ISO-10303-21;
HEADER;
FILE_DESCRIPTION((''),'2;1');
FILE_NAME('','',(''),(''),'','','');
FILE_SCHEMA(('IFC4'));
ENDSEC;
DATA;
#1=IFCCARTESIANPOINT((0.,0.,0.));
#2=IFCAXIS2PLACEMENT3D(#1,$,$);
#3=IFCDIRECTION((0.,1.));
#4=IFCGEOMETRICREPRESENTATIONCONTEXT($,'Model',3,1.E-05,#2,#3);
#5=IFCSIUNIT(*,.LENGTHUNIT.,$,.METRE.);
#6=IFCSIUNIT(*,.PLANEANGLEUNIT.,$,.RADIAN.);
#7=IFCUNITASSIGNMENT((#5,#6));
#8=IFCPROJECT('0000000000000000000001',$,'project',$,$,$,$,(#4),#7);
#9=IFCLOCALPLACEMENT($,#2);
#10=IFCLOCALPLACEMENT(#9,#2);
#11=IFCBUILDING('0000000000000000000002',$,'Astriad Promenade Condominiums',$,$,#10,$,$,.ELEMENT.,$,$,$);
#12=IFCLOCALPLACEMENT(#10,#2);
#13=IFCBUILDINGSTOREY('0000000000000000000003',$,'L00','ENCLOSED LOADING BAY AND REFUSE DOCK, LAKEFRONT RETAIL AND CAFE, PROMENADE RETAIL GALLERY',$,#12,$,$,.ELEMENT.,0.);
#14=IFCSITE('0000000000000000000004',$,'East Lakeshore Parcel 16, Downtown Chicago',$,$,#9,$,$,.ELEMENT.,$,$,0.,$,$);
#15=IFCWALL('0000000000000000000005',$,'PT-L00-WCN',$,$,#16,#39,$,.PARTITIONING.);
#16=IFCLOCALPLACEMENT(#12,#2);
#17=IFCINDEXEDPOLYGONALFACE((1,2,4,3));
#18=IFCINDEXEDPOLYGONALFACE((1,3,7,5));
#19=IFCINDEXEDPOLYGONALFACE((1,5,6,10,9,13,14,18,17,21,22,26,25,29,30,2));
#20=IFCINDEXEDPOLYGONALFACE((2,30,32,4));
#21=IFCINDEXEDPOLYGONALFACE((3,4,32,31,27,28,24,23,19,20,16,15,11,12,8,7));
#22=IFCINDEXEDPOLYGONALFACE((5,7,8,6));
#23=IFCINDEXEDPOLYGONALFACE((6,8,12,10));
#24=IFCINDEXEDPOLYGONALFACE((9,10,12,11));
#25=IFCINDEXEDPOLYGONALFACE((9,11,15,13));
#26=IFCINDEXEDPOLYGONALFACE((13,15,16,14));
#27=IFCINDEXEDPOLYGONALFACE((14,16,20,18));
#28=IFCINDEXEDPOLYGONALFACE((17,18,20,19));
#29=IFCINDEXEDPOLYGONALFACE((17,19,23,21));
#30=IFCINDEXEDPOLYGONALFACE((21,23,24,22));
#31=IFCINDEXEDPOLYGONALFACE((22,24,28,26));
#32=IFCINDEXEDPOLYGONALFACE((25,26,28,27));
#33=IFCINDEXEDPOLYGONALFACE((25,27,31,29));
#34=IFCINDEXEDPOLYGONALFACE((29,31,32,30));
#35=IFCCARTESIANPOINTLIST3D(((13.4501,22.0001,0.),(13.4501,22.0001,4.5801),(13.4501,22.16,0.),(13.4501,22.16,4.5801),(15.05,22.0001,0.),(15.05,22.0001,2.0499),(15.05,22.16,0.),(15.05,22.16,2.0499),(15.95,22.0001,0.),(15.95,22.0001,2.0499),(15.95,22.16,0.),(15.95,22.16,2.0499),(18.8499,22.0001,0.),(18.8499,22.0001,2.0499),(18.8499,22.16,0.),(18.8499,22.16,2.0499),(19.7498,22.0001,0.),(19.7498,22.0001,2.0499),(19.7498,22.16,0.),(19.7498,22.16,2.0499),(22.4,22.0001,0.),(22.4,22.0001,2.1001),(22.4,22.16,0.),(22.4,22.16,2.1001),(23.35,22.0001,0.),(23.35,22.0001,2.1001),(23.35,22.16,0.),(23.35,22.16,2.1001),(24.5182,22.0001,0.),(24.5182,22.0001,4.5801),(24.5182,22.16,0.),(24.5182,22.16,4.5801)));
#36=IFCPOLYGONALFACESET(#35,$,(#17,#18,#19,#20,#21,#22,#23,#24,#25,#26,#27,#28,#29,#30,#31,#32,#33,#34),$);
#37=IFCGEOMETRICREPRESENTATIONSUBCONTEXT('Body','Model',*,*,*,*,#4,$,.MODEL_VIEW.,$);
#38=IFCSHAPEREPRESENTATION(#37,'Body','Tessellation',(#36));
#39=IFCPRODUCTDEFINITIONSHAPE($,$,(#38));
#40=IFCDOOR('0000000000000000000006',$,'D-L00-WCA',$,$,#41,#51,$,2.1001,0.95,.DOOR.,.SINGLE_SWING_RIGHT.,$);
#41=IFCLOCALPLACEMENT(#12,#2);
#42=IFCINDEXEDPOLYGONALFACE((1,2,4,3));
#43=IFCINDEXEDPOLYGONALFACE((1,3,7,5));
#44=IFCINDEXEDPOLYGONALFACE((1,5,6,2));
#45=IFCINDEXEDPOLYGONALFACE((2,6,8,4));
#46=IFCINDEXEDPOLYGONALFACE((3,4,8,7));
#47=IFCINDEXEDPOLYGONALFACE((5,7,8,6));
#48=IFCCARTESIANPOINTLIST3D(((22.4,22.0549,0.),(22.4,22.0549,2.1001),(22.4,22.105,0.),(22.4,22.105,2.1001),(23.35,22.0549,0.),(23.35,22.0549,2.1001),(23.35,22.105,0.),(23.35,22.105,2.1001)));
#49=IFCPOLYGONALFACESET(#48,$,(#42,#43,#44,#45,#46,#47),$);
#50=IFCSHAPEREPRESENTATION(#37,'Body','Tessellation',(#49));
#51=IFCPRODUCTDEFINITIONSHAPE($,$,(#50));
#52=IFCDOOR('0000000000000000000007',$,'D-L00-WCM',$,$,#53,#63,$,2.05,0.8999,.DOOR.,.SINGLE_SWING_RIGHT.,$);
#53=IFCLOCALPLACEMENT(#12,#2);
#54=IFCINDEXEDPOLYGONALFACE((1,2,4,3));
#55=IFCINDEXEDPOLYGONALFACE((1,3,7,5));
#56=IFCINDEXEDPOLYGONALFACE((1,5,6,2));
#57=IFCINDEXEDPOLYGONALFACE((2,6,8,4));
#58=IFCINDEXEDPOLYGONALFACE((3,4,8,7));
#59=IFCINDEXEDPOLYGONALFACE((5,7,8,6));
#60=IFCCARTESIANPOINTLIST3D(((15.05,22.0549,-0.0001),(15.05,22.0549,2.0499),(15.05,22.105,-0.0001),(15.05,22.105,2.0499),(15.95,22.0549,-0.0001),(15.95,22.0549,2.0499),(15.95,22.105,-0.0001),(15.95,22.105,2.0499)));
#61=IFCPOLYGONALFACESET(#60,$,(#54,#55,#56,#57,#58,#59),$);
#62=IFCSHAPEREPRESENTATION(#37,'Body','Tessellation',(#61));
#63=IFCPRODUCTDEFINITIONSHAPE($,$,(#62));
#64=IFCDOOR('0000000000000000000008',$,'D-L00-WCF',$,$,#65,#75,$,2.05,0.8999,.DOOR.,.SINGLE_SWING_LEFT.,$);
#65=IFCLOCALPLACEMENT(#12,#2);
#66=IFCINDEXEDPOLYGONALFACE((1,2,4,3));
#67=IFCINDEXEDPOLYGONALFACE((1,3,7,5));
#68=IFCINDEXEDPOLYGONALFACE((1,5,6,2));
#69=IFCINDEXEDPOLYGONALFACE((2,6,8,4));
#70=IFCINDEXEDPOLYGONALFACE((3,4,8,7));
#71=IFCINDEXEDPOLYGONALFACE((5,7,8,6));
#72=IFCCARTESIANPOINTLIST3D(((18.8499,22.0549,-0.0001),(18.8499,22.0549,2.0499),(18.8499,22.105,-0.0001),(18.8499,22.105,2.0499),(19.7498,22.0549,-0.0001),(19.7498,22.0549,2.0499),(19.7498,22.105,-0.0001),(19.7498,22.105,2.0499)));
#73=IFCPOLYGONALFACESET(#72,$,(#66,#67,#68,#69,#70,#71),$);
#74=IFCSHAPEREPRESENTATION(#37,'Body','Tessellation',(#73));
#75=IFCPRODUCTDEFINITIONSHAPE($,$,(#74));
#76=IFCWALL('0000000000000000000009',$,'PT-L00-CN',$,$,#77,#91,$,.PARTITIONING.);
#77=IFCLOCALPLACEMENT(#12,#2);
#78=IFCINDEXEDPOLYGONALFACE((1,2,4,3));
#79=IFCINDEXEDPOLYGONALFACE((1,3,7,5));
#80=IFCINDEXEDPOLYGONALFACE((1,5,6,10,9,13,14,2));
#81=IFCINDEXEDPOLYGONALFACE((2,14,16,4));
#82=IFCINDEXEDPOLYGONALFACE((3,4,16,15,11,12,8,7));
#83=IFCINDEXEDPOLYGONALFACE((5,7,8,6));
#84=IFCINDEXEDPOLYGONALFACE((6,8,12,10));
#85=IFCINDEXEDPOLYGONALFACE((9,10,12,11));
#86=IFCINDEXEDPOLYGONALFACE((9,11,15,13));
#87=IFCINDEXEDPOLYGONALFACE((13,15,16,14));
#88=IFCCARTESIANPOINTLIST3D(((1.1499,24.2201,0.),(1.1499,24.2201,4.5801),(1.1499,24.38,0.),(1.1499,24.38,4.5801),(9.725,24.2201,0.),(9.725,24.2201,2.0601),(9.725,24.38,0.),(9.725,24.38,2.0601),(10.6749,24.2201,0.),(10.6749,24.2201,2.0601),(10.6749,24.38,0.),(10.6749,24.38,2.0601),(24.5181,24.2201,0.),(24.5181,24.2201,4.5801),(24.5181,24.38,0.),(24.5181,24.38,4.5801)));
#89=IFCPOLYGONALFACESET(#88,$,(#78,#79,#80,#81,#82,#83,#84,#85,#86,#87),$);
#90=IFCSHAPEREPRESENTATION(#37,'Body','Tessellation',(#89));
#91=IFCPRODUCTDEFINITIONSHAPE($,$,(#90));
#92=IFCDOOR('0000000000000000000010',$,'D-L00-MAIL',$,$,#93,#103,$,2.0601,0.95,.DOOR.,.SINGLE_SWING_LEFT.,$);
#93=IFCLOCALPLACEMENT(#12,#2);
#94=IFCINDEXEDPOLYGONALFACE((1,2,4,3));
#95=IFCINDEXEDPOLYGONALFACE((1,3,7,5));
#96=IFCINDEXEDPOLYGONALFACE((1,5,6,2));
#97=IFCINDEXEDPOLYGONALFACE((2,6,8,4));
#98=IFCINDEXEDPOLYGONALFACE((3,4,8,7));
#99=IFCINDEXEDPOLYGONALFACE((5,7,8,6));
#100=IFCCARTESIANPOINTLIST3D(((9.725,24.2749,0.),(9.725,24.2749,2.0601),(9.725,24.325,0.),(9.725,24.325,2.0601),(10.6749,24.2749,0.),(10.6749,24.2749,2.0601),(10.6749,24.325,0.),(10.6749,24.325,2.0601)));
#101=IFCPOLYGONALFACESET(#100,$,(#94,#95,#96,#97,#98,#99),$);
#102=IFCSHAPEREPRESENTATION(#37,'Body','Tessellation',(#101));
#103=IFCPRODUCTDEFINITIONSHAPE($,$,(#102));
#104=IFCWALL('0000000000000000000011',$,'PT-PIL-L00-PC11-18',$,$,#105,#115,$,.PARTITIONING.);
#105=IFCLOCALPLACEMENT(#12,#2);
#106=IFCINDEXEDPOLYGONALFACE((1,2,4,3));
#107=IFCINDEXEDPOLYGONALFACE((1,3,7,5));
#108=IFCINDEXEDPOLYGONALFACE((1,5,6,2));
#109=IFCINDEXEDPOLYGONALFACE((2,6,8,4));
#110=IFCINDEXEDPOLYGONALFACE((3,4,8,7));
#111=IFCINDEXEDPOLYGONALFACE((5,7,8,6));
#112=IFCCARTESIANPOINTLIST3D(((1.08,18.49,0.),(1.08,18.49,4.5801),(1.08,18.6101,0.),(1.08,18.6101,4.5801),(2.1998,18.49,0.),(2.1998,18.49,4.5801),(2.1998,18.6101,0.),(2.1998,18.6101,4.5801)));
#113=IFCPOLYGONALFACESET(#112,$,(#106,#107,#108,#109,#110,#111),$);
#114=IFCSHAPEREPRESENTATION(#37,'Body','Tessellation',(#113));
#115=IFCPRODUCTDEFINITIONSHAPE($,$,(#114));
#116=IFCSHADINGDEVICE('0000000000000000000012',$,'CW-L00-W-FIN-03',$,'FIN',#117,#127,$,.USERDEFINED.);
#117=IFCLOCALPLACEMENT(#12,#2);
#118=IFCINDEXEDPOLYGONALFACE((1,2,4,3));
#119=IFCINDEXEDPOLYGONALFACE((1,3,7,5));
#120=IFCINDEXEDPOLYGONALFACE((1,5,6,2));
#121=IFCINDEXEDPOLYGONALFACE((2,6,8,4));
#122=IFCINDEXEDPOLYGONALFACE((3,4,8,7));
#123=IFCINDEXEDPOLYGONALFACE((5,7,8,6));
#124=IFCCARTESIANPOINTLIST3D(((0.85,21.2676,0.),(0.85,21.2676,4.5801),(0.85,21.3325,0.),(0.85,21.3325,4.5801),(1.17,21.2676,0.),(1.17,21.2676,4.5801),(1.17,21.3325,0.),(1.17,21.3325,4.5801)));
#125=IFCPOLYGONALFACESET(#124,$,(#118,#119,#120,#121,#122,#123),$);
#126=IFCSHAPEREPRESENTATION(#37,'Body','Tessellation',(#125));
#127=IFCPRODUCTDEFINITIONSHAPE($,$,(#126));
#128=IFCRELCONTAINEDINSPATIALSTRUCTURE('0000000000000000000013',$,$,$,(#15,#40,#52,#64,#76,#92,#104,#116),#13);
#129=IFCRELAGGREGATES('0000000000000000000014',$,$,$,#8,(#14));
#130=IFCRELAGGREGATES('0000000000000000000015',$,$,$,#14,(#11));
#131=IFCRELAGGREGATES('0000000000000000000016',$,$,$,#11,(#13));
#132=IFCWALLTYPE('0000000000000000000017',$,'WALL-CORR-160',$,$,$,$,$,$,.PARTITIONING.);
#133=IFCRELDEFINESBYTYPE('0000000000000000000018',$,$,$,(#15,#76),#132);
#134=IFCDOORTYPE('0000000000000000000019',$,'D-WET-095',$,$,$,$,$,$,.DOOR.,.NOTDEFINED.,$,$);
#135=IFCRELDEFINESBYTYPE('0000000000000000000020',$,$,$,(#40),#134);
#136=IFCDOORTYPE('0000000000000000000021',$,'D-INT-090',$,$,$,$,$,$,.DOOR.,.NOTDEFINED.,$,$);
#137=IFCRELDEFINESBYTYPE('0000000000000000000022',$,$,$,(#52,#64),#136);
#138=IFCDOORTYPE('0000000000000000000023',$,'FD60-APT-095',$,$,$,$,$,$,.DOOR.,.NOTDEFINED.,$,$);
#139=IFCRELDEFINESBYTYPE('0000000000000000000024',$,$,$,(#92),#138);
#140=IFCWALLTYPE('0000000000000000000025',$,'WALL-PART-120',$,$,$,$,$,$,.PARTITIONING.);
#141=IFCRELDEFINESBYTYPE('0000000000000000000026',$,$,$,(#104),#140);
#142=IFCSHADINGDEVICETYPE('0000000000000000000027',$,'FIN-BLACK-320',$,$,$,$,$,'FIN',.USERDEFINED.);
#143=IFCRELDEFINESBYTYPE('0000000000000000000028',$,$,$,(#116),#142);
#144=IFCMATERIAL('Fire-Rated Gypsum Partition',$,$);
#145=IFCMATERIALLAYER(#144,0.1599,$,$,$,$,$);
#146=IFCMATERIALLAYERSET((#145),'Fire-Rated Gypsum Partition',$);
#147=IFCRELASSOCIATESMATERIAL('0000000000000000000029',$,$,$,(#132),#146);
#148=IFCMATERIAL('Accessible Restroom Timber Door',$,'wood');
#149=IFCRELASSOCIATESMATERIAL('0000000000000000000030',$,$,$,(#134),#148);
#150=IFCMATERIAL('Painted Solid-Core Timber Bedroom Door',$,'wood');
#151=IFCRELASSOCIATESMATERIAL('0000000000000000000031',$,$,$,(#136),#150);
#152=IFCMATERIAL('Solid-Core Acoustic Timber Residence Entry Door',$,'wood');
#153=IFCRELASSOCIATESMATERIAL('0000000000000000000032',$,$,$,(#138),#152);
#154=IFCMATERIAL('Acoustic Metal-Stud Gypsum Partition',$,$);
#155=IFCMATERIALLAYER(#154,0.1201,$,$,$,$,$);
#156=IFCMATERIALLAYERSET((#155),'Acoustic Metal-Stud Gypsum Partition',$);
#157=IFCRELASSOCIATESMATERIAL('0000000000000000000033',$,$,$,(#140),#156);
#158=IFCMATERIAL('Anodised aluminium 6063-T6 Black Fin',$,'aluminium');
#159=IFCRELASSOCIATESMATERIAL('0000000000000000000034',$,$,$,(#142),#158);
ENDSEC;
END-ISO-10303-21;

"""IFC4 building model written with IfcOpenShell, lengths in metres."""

from ifc_helpers import new_model, si_unit, direction, frame, frame_2d, origin, origin_2d, place, context, subcontext, project, spatial, rectangle, extrude, source, transform, mapped, material, layer, layer_set, type_object, type_shapes, element, fill, save


model = new_model("IFC4")

# Units and contexts
model_context = context("Model", 3, precision=1e-05, world=origin(), true_north=direction((0.0, 1.0)))
body_context = subcontext(model_context, "Body", "Model", "MODEL_VIEW")
ifc_project = project(units=[si_unit("LENGTHUNIT", "METRE"), si_unit("PLANEANGLEUNIT", "RADIAN")], contexts=[model_context])

# Site, building, storey
site_placement = place(None, origin())
site = spatial("IfcSite", under=ifc_project, at=site_placement, Name="East Lakeshore Parcel 16, Downtown Chicago", CompositionType="ELEMENT", RefElevation=0.0)
building_placement = place(site_placement, origin())
building = spatial("IfcBuilding", under=site, at=building_placement, Name="Astriad Promenade Condominiums", CompositionType="ELEMENT")
storey_placement = place(building_placement, origin())
storey = spatial("IfcBuildingStorey", under=building, at=storey_placement, Name="L00", Description="ENCLOSED LOADING BAY AND REFUSE DOCK, LAKEFRONT RETAIL AND CAFE, PROMENADE RETAIL GALLERY", CompositionType="ELEMENT", Elevation=0.0)

# Wall, openings, doors
ifc_material_1 = material(Name="Fire-Rated Gypsum Partition")
ifc_layer_1 = layer(ifc_material_1, 0.1599)
ifc_layer_set_1 = layer_set([ifc_layer_1], Name="Fire-Rated Gypsum Partition")
wall_type_1 = type_object("IfcWallType", Name="WALL-CORR-160", PredefinedType="PARTITIONING", material=ifc_layer_set_1)
wall_1_placement = place(storey_placement, frame((13.45, 22.0801, 0.0), z_axis=(0.0, 0.0, 1.0), x_axis=(1.0, 0.0, 0.0)))
wall_1 = element("IfcWall", 1, at=wall_1_placement, inside=storey, type_object=wall_type_1, Name="PT-L00-WCN", PredefinedType="PARTITIONING", context=body_context, shape_type="SweptSolid", body=[
    extrude(rectangle(XDim=11.0681, YDim=0.1599, at=frame_2d((5.5342, 0.0))), origin(), (0.0, 0.0, 1.0), 4.5801),
])
opening_1_placement = place(wall_1_placement, frame((1.6001, 0.0, 0.0)))
opening_1 = element("IfcOpeningElement", 2, at=opening_1_placement, cuts=wall_1, PredefinedType="OPENING", context=body_context, shape_type="SweptSolid", body=[
    extrude(rectangle(XDim=0.8999, YDim=2.05, at=frame_2d((0.45, 1.0249))), frame((0.0, 0.0898, 0.0), z_axis=(0.0, -1.0, 0.0), x_axis=(1.0, 0.0, 0.0)), (0.0, 0.0, 1.0), 0.1799),
])
opening_2_placement = place(wall_1_placement, frame((5.3999, 0.0, 0.0)))
opening_2 = element("IfcOpeningElement", 3, at=opening_2_placement, cuts=wall_1, PredefinedType="OPENING", context=body_context, shape_type="SweptSolid", body=[
    extrude(rectangle(XDim=0.8999, YDim=2.05, at=frame_2d((0.45, 1.0249))), frame((0.0, 0.0898, 0.0), z_axis=(0.0, -1.0, 0.0), x_axis=(1.0, 0.0, 0.0)), (0.0, 0.0, 1.0), 0.1799),
])
opening_3_placement = place(wall_1_placement, frame((8.95, 0.0, 0.0)))
opening_3 = element("IfcOpeningElement", 4, at=opening_3_placement, cuts=wall_1, PredefinedType="OPENING", context=body_context, shape_type="SweptSolid", body=[
    extrude(rectangle(XDim=0.95, YDim=2.1001, at=frame_2d((0.4751, 1.05))), frame((0.0, 0.0898, 0.0), z_axis=(0.0, -1.0, 0.0), x_axis=(1.0, 0.0, 0.0)), (0.0, 0.0, 1.0), 0.1799),
])
ifc_material_2 = material(Name="Accessible Restroom Timber Door", Category="wood")
door_type_1 = type_object("IfcDoorType", Name="D-WET-095", OperationType="NOTDEFINED", PredefinedType="DOOR", material=ifc_material_2)
shared_shape_1 = source(origin(), body_context, "Body", "SweptSolid", [
    extrude(rectangle(XDim=0.95, YDim=2.1001, at=frame_2d((0.4751, 1.05))), frame((0.0, 0.0249, 0.0), z_axis=(0.0, -1.0, 0.0), x_axis=(1.0, 0.0, 0.0)), (0.0, 0.0, 1.0), 0.05),
])
type_shapes(door_type_1, [shared_shape_1])
door_1_placement = place(opening_3_placement, origin())
door_1 = element("IfcDoor", 5, at=door_1_placement, inside=storey, type_object=door_type_1, Name="D-L00-WCA", OperationType="SINGLE_SWING_RIGHT", OverallHeight=2.1001, OverallWidth=0.95, PredefinedType="DOOR", context=body_context, shape_type="MappedRepresentation", body=[
    mapped(shared_shape_1, transform((0.0, 0.0, 0.0), scale=1.0)),
])
fill(opening_3, door_1)
ifc_material_3 = material(Name="Painted Solid-Core Timber Bedroom Door", Category="wood")
door_type_2 = type_object("IfcDoorType", Name="D-INT-090", OperationType="NOTDEFINED", PredefinedType="DOOR", material=ifc_material_3)
shared_shape_2 = source(origin(), body_context, "Body", "SweptSolid", [
    extrude(rectangle(XDim=0.8999, YDim=2.05, at=frame_2d((0.45, 1.0249))), frame((0.0, 0.0249, 0.0), z_axis=(0.0, -1.0, 0.0), x_axis=(1.0, 0.0, 0.0)), (0.0, 0.0, 1.0), 0.05),
])
type_shapes(door_type_2, [shared_shape_2])
door_2_placement = place(opening_1_placement, origin())
door_2 = element("IfcDoor", 6, at=door_2_placement, inside=storey, type_object=door_type_2, Name="D-L00-WCM", OperationType="SINGLE_SWING_RIGHT", OverallHeight=2.05, OverallWidth=0.8999, PredefinedType="DOOR", context=body_context, shape_type="MappedRepresentation", body=[
    mapped(shared_shape_2, transform((0.0, 0.0, 0.0), scale=1.0)),
])
fill(opening_1, door_2)
door_3_placement = place(opening_2_placement, origin())
door_3 = element("IfcDoor", 7, at=door_3_placement, inside=storey, type_object=door_type_2, Name="D-L00-WCF", OperationType="SINGLE_SWING_LEFT", OverallHeight=2.05, OverallWidth=0.8999, PredefinedType="DOOR", context=body_context, shape_type="MappedRepresentation", body=[
    mapped(shared_shape_2, transform((0.0, 0.0, 0.0), scale=1.0)),
])
fill(opening_2, door_3)

# Wall, opening, door
wall_2_placement = place(storey_placement, frame((1.1499, 24.3, 0.0), z_axis=(0.0, 0.0, 1.0), x_axis=(1.0, 0.0, 0.0)))
wall_2 = element("IfcWall", 8, at=wall_2_placement, inside=storey, type_object=wall_type_1, Name="PT-L00-CN", PredefinedType="PARTITIONING", context=body_context, shape_type="SweptSolid", body=[
    extrude(rectangle(XDim=23.3682, YDim=0.1599, at=frame_2d((11.6841, 0.0))), origin(), (0.0, 0.0, 1.0), 4.5801),
])
opening_4_placement = place(wall_2_placement, frame((8.575, 0.0, 0.0)))
opening_4 = element("IfcOpeningElement", 9, at=opening_4_placement, cuts=wall_2, PredefinedType="OPENING", context=body_context, shape_type="SweptSolid", body=[
    extrude(rectangle(XDim=0.95, YDim=2.0601, at=frame_2d((0.4751, 1.03))), frame((0.0, 0.0898, 0.0), z_axis=(0.0, -1.0, 0.0), x_axis=(1.0, 0.0, 0.0)), (0.0, 0.0, 1.0), 0.1799),
])
ifc_material_4 = material(Name="Solid-Core Acoustic Timber Residence Entry Door", Category="wood")
door_type_3 = type_object("IfcDoorType", Name="FD60-APT-095", OperationType="NOTDEFINED", PredefinedType="DOOR", material=ifc_material_4)
shared_shape_3 = source(origin(), body_context, "Body", "SweptSolid", [
    extrude(rectangle(XDim=0.95, YDim=2.0601, at=frame_2d((0.4751, 1.03))), frame((0.0, 0.0249, 0.0), z_axis=(0.0, -1.0, 0.0), x_axis=(1.0, 0.0, 0.0)), (0.0, 0.0, 1.0), 0.05),
])
type_shapes(door_type_3, [shared_shape_3])
door_4_placement = place(opening_4_placement, origin())
door_4 = element("IfcDoor", 10, at=door_4_placement, inside=storey, type_object=door_type_3, Name="D-L00-MAIL", OperationType="SINGLE_SWING_LEFT", OverallHeight=2.0601, OverallWidth=0.95, PredefinedType="DOOR", context=body_context, shape_type="MappedRepresentation", body=[
    mapped(shared_shape_3, transform((0.0, 0.0, 0.0), scale=1.0)),
])
fill(opening_4, door_4)

# Wall
ifc_material_5 = material(Name="Acoustic Metal-Stud Gypsum Partition")
ifc_layer_2 = layer(ifc_material_5, 0.1201)
ifc_layer_set_2 = layer_set([ifc_layer_2], Name="Acoustic Metal-Stud Gypsum Partition")
wall_type_2 = type_object("IfcWallType", Name="WALL-PART-120", PredefinedType="PARTITIONING", material=ifc_layer_set_2)
wall_3_placement = place(storey_placement, frame((2.2, 18.55, 0.0), z_axis=(0.0, 0.0, 1.0), x_axis=(-1.0, 0.0, 0.0)))
element("IfcWall", 11, at=wall_3_placement, inside=storey, type_object=wall_type_2, Name="PT-PIL-L00-PC11-18", PredefinedType="PARTITIONING", context=body_context, shape_type="SweptSolid", body=[
    extrude(rectangle(XDim=1.1199, YDim=0.1201, at=frame_2d((0.5601, 0.0))), origin(), (0.0, 0.0, 1.0), 4.5801),
])

# Shading device
ifc_material_6 = material(Name="Anodised aluminium 6063-T6 Black Fin", Category="aluminium")
shading_device_type = type_object("IfcShadingDeviceType", Name="FIN-BLACK-320", ElementType="FIN", PredefinedType="USERDEFINED", material=ifc_material_6)
shared_shape_4 = source(origin(), body_context, "Body", "SweptSolid", [
    extrude(rectangle(XDim=0.0649, YDim=0.3201, at=origin_2d()), origin(), (0.0, 0.0, 1.0), 4.5801),
])
type_shapes(shading_device_type, [shared_shape_4])
shading_device_placement = place(storey_placement, frame((1.01, 21.3, 0.0), z_axis=(0.0, 0.0, 1.0), x_axis=(0.0, 1.0, 0.0)))
element("IfcShadingDevice", 12, at=shading_device_placement, inside=storey, type_object=shading_device_type, Name="CW-L00-W-FIN-03", ObjectType="FIN", PredefinedType="USERDEFINED", context=body_context, shape_type="MappedRepresentation", body=[
    mapped(shared_shape_4, transform((0.0, 0.0, 0.0), scale=1.0)),
])

save(model, "model.ifc")
